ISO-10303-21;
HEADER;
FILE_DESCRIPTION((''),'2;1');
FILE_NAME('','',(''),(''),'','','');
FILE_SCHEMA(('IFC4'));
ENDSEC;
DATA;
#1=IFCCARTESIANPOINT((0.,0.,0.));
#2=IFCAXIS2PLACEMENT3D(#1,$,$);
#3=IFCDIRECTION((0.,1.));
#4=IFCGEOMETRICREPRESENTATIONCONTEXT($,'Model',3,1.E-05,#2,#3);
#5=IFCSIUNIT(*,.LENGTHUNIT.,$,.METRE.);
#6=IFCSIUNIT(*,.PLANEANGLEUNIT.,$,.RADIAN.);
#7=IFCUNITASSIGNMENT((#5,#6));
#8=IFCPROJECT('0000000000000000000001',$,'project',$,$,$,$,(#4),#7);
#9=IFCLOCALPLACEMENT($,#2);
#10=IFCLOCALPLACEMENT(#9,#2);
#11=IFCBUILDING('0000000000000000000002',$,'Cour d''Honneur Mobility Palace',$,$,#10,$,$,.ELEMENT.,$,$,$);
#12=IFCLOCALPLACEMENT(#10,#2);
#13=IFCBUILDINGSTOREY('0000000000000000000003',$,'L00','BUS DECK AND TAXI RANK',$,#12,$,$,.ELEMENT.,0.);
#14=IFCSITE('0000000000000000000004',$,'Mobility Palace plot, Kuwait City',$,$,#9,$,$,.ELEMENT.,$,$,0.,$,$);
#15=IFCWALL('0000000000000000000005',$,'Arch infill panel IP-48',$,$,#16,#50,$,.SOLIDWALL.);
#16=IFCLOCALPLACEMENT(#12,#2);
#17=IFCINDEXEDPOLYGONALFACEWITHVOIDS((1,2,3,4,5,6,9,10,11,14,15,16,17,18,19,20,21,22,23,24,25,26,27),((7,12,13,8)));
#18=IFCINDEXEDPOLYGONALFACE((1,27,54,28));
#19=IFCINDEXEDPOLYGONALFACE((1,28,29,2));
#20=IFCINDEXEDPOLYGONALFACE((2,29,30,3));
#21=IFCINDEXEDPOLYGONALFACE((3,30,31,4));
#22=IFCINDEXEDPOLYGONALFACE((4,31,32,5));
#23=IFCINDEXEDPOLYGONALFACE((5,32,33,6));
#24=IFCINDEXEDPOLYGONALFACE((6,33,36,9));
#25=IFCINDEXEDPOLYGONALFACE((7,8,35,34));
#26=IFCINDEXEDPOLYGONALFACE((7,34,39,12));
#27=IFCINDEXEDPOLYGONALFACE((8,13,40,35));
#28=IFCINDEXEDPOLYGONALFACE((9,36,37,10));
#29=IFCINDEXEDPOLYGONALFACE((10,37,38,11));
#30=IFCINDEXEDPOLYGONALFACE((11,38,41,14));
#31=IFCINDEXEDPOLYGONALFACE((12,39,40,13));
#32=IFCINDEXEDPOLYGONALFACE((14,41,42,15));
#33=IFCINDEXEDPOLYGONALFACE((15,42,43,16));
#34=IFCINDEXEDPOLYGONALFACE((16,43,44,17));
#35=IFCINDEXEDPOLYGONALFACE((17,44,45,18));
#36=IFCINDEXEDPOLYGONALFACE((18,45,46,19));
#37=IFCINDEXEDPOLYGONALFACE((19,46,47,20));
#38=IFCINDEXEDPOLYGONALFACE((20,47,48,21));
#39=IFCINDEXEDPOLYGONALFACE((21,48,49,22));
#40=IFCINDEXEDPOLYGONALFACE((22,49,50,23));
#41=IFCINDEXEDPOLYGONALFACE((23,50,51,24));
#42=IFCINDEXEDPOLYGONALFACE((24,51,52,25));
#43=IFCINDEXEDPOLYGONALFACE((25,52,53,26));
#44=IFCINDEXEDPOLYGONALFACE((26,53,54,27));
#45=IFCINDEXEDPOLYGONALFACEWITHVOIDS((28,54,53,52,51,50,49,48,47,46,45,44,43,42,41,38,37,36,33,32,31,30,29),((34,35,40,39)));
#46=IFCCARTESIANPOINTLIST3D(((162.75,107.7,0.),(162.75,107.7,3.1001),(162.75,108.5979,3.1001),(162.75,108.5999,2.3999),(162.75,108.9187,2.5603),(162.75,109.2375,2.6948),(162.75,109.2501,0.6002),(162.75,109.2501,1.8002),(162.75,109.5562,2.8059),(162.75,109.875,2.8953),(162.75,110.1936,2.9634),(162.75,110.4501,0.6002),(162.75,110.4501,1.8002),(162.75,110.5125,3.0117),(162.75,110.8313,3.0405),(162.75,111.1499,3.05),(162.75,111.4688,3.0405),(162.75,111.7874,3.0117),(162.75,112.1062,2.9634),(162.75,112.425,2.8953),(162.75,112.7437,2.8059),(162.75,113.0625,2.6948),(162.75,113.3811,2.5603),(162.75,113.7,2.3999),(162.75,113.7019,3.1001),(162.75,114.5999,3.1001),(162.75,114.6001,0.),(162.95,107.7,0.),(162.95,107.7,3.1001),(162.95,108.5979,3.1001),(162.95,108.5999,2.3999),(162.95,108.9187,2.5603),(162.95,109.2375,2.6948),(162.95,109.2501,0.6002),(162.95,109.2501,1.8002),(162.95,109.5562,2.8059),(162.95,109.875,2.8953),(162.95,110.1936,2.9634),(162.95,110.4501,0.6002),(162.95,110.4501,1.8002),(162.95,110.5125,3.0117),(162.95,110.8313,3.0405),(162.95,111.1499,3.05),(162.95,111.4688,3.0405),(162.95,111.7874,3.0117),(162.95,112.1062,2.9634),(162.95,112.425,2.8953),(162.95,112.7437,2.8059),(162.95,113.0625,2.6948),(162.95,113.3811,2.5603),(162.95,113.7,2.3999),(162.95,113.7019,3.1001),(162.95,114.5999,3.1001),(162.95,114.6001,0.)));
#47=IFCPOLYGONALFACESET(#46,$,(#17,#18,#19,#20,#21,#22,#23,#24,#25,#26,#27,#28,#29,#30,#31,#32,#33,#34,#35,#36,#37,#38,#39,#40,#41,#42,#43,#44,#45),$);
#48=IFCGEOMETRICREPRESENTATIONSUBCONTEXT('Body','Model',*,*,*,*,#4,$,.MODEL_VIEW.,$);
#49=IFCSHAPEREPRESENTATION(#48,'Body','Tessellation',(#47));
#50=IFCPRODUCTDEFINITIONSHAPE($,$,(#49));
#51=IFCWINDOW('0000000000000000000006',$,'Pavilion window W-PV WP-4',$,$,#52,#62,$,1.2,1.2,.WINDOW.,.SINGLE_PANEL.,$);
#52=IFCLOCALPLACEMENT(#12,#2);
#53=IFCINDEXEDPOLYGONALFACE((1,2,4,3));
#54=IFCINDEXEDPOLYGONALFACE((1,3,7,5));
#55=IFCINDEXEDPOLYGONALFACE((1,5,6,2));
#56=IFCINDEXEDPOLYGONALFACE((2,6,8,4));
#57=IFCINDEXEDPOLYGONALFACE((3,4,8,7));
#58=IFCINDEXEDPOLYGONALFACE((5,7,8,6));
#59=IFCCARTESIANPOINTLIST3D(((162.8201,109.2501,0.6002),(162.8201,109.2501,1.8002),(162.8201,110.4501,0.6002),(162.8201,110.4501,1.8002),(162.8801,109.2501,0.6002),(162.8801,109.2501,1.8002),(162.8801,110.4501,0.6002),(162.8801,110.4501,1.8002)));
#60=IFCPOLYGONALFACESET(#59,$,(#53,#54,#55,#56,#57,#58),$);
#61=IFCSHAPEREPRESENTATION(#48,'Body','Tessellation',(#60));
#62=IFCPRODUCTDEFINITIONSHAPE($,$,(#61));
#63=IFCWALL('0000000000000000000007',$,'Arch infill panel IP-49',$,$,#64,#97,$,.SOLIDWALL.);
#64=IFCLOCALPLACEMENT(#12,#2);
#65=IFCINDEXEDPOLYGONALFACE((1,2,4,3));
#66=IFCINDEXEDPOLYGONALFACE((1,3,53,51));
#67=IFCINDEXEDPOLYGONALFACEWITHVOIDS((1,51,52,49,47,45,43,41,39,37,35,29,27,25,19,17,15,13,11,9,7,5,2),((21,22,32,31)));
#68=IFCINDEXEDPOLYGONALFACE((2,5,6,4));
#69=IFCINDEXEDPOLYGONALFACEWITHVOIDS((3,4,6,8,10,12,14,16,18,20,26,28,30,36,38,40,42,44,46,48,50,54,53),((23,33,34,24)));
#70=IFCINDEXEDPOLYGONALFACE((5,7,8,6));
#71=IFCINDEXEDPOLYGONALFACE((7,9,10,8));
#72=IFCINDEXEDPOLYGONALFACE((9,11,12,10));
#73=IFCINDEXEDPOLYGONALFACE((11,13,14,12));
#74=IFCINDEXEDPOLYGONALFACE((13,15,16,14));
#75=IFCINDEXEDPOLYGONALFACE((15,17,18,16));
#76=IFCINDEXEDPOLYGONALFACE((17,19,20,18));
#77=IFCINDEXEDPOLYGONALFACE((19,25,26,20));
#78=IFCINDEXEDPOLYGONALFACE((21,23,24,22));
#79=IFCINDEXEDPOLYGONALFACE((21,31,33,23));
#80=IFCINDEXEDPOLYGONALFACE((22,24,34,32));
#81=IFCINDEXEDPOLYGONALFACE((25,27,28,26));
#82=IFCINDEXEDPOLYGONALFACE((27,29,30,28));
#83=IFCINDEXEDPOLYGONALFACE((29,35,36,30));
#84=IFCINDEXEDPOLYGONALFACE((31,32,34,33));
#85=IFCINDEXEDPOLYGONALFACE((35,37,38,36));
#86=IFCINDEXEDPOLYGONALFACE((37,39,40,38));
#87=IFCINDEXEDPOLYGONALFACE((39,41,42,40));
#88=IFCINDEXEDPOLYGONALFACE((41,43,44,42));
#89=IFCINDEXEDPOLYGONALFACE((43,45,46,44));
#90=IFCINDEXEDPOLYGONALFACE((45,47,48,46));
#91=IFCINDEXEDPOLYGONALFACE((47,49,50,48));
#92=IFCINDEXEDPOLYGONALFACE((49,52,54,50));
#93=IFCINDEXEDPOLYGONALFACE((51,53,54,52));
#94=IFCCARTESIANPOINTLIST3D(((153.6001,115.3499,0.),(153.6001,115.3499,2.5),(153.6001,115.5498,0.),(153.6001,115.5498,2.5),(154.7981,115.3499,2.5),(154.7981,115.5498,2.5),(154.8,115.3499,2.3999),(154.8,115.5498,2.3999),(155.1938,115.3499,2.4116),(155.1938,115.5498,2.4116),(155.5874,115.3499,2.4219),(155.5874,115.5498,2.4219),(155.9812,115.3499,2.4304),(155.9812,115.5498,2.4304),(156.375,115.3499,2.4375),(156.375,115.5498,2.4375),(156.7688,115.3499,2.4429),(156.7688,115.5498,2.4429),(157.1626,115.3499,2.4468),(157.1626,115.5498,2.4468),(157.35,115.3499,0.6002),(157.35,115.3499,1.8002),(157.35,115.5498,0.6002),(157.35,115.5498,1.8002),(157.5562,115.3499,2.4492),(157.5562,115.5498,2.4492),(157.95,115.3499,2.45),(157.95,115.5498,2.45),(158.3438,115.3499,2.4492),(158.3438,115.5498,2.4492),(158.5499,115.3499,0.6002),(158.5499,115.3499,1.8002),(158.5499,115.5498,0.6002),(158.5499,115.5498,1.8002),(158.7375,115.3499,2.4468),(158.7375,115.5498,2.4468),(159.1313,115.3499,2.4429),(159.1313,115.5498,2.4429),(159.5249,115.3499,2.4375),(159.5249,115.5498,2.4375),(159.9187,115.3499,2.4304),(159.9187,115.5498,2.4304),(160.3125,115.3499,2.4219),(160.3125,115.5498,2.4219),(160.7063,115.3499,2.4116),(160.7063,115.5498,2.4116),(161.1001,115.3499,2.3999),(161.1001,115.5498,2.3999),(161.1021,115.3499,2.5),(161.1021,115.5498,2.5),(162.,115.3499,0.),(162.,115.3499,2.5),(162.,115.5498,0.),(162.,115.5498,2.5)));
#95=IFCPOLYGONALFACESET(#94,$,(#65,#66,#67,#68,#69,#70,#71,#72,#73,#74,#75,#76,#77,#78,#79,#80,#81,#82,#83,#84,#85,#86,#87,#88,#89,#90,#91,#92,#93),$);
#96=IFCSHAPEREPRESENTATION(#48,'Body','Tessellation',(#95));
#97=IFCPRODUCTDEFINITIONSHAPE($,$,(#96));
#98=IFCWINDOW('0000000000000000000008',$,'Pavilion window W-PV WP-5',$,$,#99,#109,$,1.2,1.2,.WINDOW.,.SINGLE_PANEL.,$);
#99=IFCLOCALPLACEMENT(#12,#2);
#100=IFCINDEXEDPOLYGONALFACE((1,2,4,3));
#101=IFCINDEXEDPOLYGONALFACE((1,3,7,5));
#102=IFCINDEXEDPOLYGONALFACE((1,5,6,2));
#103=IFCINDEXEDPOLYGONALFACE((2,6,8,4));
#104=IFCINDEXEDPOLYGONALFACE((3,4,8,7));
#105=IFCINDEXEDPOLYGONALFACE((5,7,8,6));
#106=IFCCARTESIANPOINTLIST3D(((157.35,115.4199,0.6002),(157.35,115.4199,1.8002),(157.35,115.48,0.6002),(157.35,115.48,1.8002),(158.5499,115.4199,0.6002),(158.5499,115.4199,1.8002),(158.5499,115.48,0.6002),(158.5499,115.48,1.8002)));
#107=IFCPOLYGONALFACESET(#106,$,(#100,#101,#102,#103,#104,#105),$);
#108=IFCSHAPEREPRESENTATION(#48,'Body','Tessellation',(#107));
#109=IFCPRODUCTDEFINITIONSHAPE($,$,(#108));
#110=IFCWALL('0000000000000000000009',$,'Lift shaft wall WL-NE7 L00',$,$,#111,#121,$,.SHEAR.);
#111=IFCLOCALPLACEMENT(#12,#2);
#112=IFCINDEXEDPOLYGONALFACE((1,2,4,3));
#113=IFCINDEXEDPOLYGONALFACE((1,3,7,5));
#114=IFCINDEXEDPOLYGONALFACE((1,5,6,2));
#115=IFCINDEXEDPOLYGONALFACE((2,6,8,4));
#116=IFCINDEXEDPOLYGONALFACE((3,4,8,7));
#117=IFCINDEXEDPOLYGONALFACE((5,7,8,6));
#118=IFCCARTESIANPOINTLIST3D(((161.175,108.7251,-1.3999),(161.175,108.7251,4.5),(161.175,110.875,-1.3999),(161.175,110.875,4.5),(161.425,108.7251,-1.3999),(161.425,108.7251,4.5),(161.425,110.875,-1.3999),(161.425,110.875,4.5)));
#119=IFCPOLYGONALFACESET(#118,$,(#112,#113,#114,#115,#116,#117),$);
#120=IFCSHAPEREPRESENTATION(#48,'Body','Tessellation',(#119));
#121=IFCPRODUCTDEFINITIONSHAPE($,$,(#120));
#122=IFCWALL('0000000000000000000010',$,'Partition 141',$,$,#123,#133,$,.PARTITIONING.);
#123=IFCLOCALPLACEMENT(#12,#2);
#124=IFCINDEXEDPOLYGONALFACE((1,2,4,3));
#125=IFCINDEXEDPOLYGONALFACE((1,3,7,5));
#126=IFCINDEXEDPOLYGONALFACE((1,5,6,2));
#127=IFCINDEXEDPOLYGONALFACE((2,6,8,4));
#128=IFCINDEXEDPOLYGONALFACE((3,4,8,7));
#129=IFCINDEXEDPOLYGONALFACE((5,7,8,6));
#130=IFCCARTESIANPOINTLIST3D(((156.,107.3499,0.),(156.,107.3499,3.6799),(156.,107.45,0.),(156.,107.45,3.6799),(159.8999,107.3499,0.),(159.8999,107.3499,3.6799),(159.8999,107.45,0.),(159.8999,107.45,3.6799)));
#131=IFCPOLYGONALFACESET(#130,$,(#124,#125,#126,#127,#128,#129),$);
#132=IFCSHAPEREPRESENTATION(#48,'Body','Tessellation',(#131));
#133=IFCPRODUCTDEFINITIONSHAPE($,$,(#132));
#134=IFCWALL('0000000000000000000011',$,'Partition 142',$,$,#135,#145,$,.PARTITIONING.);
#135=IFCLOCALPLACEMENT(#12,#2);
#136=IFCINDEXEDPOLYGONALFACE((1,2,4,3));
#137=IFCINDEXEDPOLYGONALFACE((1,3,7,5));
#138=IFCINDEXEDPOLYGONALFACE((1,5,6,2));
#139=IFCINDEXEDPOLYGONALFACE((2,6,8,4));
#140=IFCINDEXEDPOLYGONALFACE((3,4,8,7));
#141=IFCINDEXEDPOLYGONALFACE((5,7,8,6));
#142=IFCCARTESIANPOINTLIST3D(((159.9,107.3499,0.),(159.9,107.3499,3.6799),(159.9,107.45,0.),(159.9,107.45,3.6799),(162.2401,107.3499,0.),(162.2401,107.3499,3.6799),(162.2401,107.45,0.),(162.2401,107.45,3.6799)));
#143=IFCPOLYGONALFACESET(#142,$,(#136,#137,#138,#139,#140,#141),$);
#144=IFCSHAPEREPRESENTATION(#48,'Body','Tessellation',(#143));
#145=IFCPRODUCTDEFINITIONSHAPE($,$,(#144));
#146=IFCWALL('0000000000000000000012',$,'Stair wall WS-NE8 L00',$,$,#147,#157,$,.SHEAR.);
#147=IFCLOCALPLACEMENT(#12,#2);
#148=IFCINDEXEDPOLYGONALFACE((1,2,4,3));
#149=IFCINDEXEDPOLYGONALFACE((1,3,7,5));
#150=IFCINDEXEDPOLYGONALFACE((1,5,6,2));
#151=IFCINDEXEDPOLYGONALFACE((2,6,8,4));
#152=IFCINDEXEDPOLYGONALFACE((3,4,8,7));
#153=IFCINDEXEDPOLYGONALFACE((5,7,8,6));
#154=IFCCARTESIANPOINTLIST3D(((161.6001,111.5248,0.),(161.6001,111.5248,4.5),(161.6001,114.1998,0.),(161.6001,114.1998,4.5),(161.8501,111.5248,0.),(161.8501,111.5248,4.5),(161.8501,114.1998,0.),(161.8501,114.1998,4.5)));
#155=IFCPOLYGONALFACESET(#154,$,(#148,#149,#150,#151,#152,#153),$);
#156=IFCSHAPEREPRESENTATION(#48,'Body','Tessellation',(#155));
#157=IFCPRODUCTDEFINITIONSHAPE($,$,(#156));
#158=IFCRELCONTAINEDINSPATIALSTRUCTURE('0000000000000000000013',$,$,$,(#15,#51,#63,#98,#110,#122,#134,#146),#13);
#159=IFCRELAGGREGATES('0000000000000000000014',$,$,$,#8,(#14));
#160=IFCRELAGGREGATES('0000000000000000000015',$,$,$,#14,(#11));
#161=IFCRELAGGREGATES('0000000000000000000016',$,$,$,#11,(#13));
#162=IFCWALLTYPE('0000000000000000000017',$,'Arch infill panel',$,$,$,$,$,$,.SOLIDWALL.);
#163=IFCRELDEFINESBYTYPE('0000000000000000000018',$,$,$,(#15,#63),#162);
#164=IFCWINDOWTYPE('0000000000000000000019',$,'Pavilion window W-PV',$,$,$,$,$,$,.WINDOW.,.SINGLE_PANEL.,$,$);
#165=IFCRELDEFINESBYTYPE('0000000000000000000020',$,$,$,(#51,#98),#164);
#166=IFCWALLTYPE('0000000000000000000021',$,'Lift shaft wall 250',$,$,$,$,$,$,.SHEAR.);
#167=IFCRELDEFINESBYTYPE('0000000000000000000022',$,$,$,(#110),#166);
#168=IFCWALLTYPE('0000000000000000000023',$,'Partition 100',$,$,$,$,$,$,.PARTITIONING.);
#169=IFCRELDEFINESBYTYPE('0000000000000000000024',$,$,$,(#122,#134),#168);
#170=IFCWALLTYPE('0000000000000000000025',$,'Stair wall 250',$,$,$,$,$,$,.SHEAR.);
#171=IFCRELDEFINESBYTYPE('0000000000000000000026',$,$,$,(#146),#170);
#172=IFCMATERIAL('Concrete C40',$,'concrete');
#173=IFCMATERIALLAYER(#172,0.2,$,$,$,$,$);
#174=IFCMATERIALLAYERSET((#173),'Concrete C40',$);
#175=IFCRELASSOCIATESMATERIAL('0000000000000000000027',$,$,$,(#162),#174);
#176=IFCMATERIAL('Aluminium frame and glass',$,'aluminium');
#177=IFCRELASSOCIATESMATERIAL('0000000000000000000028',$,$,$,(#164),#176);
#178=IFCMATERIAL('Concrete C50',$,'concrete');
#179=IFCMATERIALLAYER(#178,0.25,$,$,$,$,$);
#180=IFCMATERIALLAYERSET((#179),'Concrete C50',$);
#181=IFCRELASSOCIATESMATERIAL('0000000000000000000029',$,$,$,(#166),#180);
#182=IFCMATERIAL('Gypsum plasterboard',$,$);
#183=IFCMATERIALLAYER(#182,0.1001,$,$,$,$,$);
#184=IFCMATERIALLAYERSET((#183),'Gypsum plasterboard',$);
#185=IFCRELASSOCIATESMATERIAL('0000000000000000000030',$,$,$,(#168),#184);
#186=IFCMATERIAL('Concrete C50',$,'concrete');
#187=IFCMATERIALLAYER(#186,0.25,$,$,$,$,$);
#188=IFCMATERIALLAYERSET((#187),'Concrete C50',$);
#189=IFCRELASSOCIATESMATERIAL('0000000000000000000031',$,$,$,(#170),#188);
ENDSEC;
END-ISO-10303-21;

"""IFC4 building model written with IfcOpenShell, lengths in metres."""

from ifc_helpers import new_model, si_unit, direction, frame, frame_2d, origin, place, context, subcontext, project, spatial, polyline, rectangle, outline, extrude, material, layer, layer_set, type_object, element, fill, save


model = new_model("IFC4")

# Units and contexts
model_context = context("Model", 3, precision=1e-05, world=origin(), true_north=direction((0.0, 1.0)))
body_context = subcontext(model_context, "Body", "Model", "MODEL_VIEW")
ifc_project = project(units=[si_unit("LENGTHUNIT", "METRE"), si_unit("PLANEANGLEUNIT", "RADIAN")], contexts=[model_context])

# Site, building, storey
site_placement = place(None, origin())
site = spatial("IfcSite", under=ifc_project, at=site_placement, Name="Mobility Palace plot, Kuwait City", CompositionType="ELEMENT", RefElevation=0.0)
building_placement = place(site_placement, origin())
building = spatial("IfcBuilding", under=site, at=building_placement, Name="Cour d'Honneur Mobility Palace", CompositionType="ELEMENT")
storey_placement = place(building_placement, origin())
storey = spatial("IfcBuildingStorey", under=building, at=storey_placement, Name="L00", Description="BUS DECK AND TAXI RANK", CompositionType="ELEMENT", Elevation=0.0)

# Walls, openings, windows
ifc_material_1 = material(Name="Concrete C40", Category="concrete")
ifc_layer_1 = layer(ifc_material_1, 0.2)
ifc_layer_set_1 = layer_set([ifc_layer_1], Name="Concrete C40")
wall_type_1 = type_object("IfcWallType", Name="Arch infill panel", PredefinedType="SOLIDWALL", material=ifc_layer_set_1)
wall_1_placement = place(storey_placement, frame((162.8501, 107.7, 0.0), z_axis=(0.0, 0.0, 1.0), x_axis=(0.0, 1.0, 0.0)))
wall_1 = element("IfcWall", 1, at=wall_1_placement, inside=storey, type_object=wall_type_1, Name="Arch infill panel IP-48", PredefinedType="SOLIDWALL", context=body_context, shape_type="SweptSolid", body=[
    extrude(outline(polyline([(0.0, 0.0), (6.9001, 0.0), (6.8999, 3.1001), (6.002, 3.1001), (6.0, 2.3999), (5.6812, 2.5603), (5.3625, 2.6948), (5.0437, 2.8059), (4.7251, 2.8953), (4.4062, 2.9634), (4.0874, 3.0117), (3.7688, 3.0405), (3.45, 3.05), (3.1313, 3.0405), (2.8125, 3.0117), (2.4937, 2.9634), (2.175, 2.8953), (1.8562, 2.8059), (1.5376, 2.6948), (1.2188, 2.5603), (0.8999, 2.3999), (0.8979, 3.1001), (0.0, 3.1001), (0.0, 0.0)])), frame((0.0, 0.1001, 0.0), z_axis=(0.0, -1.0, 0.0), x_axis=(1.0, 0.0, 0.0)), (0.0, 0.0, 1.0), 0.2),
])
opening_1_placement = place(wall_1_placement, frame((1.55, 0.0, 0.6001)))
opening_1 = element("IfcOpeningElement", 2, at=opening_1_placement, cuts=wall_1, PredefinedType="OPENING", context=body_context, shape_type="SweptSolid", body=[
    extrude(rectangle(XDim=1.2, YDim=1.2, at=frame_2d((0.6001, 0.6001))), frame((0.0, 0.1099, 0.0), z_axis=(0.0, -1.0, 0.0), x_axis=(1.0, 0.0, 0.0)), (0.0, 0.0, 1.0), 0.22),
])
ifc_material_2 = material(Name="Aluminium frame and glass", Category="aluminium")
window_type = type_object("IfcWindowType", Name="Pavilion window W-PV", PartitioningType="SINGLE_PANEL", PredefinedType="WINDOW", material=ifc_material_2)
window_1_placement = place(opening_1_placement, origin())
window_1 = element("IfcWindow", 3, at=window_1_placement, inside=storey, type_object=window_type, Name="Pavilion window W-PV WP-4", OverallHeight=1.2, OverallWidth=1.2, PartitioningType="SINGLE_PANEL", PredefinedType="WINDOW", context=body_context, shape_type="SweptSolid", body=[
    extrude(rectangle(XDim=1.2, YDim=1.2, at=frame_2d((0.6001, 0.6001))), frame((0.0, 0.03, 0.0), z_axis=(0.0, -1.0, 0.0), x_axis=(1.0, 0.0, 0.0)), (0.0, 0.0, 1.0), 0.0601),
])
fill(opening_1, window_1)
wall_2_placement = place(storey_placement, frame((162.0, 115.45, 0.0), z_axis=(0.0, 0.0, 1.0), x_axis=(-1.0, 0.0, 0.0)))
wall_2 = element("IfcWall", 4, at=wall_2_placement, inside=storey, type_object=wall_type_1, Name="Arch infill panel IP-49", PredefinedType="SOLIDWALL", context=body_context, shape_type="SweptSolid", body=[
    extrude(outline(polyline([(0.0, 0.0), (8.3999, 0.0), (8.3999, 2.5), (7.2019, 2.5), (7.2, 2.3999), (6.8062, 2.4116), (6.4126, 2.4219), (6.0188, 2.4304), (5.625, 2.4375), (5.2312, 2.4429), (4.8374, 2.4468), (4.4438, 2.4492), (4.05, 2.45), (3.6562, 2.4492), (3.2625, 2.4468), (2.8687, 2.4429), (2.4751, 2.4375), (2.0813, 2.4304), (1.6875, 2.4219), (1.2937, 2.4116), (0.8999, 2.3999), (0.8979, 2.5), (0.0, 2.5), (0.0, 0.0)])), frame((0.0, 0.1001, 0.0), z_axis=(0.0, -1.0, 0.0), x_axis=(1.0, 0.0, 0.0)), (0.0, 0.0, 1.0), 0.2),
])
opening_2_placement = place(wall_2_placement, frame((3.45, 0.0, 0.6001)))
opening_2 = element("IfcOpeningElement", 5, at=opening_2_placement, cuts=wall_2, PredefinedType="OPENING", context=body_context, shape_type="SweptSolid", body=[
    extrude(rectangle(XDim=1.2, YDim=1.2, at=frame_2d((0.6001, 0.6001))), frame((0.0, 0.1099, 0.0), z_axis=(0.0, -1.0, 0.0), x_axis=(1.0, 0.0, 0.0)), (0.0, 0.0, 1.0), 0.22),
])
window_2_placement = place(opening_2_placement, origin())
window_2 = element("IfcWindow", 6, at=window_2_placement, inside=storey, type_object=window_type, Name="Pavilion window W-PV WP-5", OverallHeight=1.2, OverallWidth=1.2, PartitioningType="SINGLE_PANEL", PredefinedType="WINDOW", context=body_context, shape_type="SweptSolid", body=[
    extrude(rectangle(XDim=1.2, YDim=1.2, at=frame_2d((0.6001, 0.6001))), frame((0.0, 0.03, 0.0), z_axis=(0.0, -1.0, 0.0), x_axis=(1.0, 0.0, 0.0)), (0.0, 0.0, 1.0), 0.0601),
])
fill(opening_2, window_2)

# Walls
ifc_material_3 = material(Name="Concrete C50", Category="concrete")
ifc_layer_2 = layer(ifc_material_3, 0.25)
ifc_layer_set_2 = layer_set([ifc_layer_2], Name="Concrete C50")
wall_type_2 = type_object("IfcWallType", Name="Lift shaft wall 250", PredefinedType="SHEAR", material=ifc_layer_set_2)
wall_3_placement = place(storey_placement, frame((161.3, 108.7251, -1.3999), z_axis=(0.0, 0.0, 1.0), x_axis=(0.0, 1.0, 0.0)))
element("IfcWall", 7, at=wall_3_placement, inside=storey, type_object=wall_type_2, Name="Lift shaft wall WL-NE7 L00", PredefinedType="SHEAR", context=body_context, shape_type="SweptSolid", body=[
    extrude(rectangle(XDim=2.1499, YDim=0.25, at=frame_2d((1.075, 0.0))), origin(), (0.0, 0.0, 1.0), 5.8999),
])
ifc_material_4 = material(Name="Gypsum plasterboard")
ifc_layer_3 = layer(ifc_material_4, 0.1001)
ifc_layer_set_3 = layer_set([ifc_layer_3], Name="Gypsum plasterboard")
wall_type_3 = type_object("IfcWallType", Name="Partition 100", PredefinedType="PARTITIONING", material=ifc_layer_set_3)
wall_4_placement = place(storey_placement, frame((159.8999, 107.3999, 0.0), z_axis=(0.0, 0.0, 1.0), x_axis=(-1.0, 0.0, 0.0)))
element("IfcWall", 8, at=wall_4_placement, inside=storey, type_object=wall_type_3, Name="Partition 141", PredefinedType="PARTITIONING", context=body_context, shape_type="SweptSolid", body=[
    extrude(rectangle(XDim=3.8999, YDim=0.1001, at=frame_2d((1.95, 0.0))), origin(), (0.0, 0.0, 1.0), 3.6799),
])
wall_5_placement = place(storey_placement, frame((162.24, 107.3999, 0.0), z_axis=(0.0, 0.0, 1.0), x_axis=(-1.0, 0.0, 0.0)))
element("IfcWall", 9, at=wall_5_placement, inside=storey, type_object=wall_type_3, Name="Partition 142", PredefinedType="PARTITIONING", context=body_context, shape_type="SweptSolid", body=[
    extrude(rectangle(XDim=2.3401, YDim=0.1001, at=frame_2d((1.1699, 0.0))), origin(), (0.0, 0.0, 1.0), 3.6799),
])
ifc_material_5 = material(Name="Concrete C50", Category="concrete")
ifc_layer_4 = layer(ifc_material_5, 0.25)
ifc_layer_set_4 = layer_set([ifc_layer_4], Name="Concrete C50")
wall_type_4 = type_object("IfcWallType", Name="Stair wall 250", PredefinedType="SHEAR", material=ifc_layer_set_4)
wall_6_placement = place(storey_placement, frame((161.7251, 111.5249, 0.0), z_axis=(0.0, 0.0, 1.0), x_axis=(0.0, 1.0, 0.0)))
element("IfcWall", 10, at=wall_6_placement, inside=storey, type_object=wall_type_4, Name="Stair wall WS-NE8 L00", PredefinedType="SHEAR", context=body_context, shape_type="SweptSolid", body=[
    extrude(rectangle(XDim=2.675, YDim=0.25, at=frame_2d((1.3374, 0.0))), origin(), (0.0, 0.0, 1.0), 4.5),
])

save(model, "model.ifc")
